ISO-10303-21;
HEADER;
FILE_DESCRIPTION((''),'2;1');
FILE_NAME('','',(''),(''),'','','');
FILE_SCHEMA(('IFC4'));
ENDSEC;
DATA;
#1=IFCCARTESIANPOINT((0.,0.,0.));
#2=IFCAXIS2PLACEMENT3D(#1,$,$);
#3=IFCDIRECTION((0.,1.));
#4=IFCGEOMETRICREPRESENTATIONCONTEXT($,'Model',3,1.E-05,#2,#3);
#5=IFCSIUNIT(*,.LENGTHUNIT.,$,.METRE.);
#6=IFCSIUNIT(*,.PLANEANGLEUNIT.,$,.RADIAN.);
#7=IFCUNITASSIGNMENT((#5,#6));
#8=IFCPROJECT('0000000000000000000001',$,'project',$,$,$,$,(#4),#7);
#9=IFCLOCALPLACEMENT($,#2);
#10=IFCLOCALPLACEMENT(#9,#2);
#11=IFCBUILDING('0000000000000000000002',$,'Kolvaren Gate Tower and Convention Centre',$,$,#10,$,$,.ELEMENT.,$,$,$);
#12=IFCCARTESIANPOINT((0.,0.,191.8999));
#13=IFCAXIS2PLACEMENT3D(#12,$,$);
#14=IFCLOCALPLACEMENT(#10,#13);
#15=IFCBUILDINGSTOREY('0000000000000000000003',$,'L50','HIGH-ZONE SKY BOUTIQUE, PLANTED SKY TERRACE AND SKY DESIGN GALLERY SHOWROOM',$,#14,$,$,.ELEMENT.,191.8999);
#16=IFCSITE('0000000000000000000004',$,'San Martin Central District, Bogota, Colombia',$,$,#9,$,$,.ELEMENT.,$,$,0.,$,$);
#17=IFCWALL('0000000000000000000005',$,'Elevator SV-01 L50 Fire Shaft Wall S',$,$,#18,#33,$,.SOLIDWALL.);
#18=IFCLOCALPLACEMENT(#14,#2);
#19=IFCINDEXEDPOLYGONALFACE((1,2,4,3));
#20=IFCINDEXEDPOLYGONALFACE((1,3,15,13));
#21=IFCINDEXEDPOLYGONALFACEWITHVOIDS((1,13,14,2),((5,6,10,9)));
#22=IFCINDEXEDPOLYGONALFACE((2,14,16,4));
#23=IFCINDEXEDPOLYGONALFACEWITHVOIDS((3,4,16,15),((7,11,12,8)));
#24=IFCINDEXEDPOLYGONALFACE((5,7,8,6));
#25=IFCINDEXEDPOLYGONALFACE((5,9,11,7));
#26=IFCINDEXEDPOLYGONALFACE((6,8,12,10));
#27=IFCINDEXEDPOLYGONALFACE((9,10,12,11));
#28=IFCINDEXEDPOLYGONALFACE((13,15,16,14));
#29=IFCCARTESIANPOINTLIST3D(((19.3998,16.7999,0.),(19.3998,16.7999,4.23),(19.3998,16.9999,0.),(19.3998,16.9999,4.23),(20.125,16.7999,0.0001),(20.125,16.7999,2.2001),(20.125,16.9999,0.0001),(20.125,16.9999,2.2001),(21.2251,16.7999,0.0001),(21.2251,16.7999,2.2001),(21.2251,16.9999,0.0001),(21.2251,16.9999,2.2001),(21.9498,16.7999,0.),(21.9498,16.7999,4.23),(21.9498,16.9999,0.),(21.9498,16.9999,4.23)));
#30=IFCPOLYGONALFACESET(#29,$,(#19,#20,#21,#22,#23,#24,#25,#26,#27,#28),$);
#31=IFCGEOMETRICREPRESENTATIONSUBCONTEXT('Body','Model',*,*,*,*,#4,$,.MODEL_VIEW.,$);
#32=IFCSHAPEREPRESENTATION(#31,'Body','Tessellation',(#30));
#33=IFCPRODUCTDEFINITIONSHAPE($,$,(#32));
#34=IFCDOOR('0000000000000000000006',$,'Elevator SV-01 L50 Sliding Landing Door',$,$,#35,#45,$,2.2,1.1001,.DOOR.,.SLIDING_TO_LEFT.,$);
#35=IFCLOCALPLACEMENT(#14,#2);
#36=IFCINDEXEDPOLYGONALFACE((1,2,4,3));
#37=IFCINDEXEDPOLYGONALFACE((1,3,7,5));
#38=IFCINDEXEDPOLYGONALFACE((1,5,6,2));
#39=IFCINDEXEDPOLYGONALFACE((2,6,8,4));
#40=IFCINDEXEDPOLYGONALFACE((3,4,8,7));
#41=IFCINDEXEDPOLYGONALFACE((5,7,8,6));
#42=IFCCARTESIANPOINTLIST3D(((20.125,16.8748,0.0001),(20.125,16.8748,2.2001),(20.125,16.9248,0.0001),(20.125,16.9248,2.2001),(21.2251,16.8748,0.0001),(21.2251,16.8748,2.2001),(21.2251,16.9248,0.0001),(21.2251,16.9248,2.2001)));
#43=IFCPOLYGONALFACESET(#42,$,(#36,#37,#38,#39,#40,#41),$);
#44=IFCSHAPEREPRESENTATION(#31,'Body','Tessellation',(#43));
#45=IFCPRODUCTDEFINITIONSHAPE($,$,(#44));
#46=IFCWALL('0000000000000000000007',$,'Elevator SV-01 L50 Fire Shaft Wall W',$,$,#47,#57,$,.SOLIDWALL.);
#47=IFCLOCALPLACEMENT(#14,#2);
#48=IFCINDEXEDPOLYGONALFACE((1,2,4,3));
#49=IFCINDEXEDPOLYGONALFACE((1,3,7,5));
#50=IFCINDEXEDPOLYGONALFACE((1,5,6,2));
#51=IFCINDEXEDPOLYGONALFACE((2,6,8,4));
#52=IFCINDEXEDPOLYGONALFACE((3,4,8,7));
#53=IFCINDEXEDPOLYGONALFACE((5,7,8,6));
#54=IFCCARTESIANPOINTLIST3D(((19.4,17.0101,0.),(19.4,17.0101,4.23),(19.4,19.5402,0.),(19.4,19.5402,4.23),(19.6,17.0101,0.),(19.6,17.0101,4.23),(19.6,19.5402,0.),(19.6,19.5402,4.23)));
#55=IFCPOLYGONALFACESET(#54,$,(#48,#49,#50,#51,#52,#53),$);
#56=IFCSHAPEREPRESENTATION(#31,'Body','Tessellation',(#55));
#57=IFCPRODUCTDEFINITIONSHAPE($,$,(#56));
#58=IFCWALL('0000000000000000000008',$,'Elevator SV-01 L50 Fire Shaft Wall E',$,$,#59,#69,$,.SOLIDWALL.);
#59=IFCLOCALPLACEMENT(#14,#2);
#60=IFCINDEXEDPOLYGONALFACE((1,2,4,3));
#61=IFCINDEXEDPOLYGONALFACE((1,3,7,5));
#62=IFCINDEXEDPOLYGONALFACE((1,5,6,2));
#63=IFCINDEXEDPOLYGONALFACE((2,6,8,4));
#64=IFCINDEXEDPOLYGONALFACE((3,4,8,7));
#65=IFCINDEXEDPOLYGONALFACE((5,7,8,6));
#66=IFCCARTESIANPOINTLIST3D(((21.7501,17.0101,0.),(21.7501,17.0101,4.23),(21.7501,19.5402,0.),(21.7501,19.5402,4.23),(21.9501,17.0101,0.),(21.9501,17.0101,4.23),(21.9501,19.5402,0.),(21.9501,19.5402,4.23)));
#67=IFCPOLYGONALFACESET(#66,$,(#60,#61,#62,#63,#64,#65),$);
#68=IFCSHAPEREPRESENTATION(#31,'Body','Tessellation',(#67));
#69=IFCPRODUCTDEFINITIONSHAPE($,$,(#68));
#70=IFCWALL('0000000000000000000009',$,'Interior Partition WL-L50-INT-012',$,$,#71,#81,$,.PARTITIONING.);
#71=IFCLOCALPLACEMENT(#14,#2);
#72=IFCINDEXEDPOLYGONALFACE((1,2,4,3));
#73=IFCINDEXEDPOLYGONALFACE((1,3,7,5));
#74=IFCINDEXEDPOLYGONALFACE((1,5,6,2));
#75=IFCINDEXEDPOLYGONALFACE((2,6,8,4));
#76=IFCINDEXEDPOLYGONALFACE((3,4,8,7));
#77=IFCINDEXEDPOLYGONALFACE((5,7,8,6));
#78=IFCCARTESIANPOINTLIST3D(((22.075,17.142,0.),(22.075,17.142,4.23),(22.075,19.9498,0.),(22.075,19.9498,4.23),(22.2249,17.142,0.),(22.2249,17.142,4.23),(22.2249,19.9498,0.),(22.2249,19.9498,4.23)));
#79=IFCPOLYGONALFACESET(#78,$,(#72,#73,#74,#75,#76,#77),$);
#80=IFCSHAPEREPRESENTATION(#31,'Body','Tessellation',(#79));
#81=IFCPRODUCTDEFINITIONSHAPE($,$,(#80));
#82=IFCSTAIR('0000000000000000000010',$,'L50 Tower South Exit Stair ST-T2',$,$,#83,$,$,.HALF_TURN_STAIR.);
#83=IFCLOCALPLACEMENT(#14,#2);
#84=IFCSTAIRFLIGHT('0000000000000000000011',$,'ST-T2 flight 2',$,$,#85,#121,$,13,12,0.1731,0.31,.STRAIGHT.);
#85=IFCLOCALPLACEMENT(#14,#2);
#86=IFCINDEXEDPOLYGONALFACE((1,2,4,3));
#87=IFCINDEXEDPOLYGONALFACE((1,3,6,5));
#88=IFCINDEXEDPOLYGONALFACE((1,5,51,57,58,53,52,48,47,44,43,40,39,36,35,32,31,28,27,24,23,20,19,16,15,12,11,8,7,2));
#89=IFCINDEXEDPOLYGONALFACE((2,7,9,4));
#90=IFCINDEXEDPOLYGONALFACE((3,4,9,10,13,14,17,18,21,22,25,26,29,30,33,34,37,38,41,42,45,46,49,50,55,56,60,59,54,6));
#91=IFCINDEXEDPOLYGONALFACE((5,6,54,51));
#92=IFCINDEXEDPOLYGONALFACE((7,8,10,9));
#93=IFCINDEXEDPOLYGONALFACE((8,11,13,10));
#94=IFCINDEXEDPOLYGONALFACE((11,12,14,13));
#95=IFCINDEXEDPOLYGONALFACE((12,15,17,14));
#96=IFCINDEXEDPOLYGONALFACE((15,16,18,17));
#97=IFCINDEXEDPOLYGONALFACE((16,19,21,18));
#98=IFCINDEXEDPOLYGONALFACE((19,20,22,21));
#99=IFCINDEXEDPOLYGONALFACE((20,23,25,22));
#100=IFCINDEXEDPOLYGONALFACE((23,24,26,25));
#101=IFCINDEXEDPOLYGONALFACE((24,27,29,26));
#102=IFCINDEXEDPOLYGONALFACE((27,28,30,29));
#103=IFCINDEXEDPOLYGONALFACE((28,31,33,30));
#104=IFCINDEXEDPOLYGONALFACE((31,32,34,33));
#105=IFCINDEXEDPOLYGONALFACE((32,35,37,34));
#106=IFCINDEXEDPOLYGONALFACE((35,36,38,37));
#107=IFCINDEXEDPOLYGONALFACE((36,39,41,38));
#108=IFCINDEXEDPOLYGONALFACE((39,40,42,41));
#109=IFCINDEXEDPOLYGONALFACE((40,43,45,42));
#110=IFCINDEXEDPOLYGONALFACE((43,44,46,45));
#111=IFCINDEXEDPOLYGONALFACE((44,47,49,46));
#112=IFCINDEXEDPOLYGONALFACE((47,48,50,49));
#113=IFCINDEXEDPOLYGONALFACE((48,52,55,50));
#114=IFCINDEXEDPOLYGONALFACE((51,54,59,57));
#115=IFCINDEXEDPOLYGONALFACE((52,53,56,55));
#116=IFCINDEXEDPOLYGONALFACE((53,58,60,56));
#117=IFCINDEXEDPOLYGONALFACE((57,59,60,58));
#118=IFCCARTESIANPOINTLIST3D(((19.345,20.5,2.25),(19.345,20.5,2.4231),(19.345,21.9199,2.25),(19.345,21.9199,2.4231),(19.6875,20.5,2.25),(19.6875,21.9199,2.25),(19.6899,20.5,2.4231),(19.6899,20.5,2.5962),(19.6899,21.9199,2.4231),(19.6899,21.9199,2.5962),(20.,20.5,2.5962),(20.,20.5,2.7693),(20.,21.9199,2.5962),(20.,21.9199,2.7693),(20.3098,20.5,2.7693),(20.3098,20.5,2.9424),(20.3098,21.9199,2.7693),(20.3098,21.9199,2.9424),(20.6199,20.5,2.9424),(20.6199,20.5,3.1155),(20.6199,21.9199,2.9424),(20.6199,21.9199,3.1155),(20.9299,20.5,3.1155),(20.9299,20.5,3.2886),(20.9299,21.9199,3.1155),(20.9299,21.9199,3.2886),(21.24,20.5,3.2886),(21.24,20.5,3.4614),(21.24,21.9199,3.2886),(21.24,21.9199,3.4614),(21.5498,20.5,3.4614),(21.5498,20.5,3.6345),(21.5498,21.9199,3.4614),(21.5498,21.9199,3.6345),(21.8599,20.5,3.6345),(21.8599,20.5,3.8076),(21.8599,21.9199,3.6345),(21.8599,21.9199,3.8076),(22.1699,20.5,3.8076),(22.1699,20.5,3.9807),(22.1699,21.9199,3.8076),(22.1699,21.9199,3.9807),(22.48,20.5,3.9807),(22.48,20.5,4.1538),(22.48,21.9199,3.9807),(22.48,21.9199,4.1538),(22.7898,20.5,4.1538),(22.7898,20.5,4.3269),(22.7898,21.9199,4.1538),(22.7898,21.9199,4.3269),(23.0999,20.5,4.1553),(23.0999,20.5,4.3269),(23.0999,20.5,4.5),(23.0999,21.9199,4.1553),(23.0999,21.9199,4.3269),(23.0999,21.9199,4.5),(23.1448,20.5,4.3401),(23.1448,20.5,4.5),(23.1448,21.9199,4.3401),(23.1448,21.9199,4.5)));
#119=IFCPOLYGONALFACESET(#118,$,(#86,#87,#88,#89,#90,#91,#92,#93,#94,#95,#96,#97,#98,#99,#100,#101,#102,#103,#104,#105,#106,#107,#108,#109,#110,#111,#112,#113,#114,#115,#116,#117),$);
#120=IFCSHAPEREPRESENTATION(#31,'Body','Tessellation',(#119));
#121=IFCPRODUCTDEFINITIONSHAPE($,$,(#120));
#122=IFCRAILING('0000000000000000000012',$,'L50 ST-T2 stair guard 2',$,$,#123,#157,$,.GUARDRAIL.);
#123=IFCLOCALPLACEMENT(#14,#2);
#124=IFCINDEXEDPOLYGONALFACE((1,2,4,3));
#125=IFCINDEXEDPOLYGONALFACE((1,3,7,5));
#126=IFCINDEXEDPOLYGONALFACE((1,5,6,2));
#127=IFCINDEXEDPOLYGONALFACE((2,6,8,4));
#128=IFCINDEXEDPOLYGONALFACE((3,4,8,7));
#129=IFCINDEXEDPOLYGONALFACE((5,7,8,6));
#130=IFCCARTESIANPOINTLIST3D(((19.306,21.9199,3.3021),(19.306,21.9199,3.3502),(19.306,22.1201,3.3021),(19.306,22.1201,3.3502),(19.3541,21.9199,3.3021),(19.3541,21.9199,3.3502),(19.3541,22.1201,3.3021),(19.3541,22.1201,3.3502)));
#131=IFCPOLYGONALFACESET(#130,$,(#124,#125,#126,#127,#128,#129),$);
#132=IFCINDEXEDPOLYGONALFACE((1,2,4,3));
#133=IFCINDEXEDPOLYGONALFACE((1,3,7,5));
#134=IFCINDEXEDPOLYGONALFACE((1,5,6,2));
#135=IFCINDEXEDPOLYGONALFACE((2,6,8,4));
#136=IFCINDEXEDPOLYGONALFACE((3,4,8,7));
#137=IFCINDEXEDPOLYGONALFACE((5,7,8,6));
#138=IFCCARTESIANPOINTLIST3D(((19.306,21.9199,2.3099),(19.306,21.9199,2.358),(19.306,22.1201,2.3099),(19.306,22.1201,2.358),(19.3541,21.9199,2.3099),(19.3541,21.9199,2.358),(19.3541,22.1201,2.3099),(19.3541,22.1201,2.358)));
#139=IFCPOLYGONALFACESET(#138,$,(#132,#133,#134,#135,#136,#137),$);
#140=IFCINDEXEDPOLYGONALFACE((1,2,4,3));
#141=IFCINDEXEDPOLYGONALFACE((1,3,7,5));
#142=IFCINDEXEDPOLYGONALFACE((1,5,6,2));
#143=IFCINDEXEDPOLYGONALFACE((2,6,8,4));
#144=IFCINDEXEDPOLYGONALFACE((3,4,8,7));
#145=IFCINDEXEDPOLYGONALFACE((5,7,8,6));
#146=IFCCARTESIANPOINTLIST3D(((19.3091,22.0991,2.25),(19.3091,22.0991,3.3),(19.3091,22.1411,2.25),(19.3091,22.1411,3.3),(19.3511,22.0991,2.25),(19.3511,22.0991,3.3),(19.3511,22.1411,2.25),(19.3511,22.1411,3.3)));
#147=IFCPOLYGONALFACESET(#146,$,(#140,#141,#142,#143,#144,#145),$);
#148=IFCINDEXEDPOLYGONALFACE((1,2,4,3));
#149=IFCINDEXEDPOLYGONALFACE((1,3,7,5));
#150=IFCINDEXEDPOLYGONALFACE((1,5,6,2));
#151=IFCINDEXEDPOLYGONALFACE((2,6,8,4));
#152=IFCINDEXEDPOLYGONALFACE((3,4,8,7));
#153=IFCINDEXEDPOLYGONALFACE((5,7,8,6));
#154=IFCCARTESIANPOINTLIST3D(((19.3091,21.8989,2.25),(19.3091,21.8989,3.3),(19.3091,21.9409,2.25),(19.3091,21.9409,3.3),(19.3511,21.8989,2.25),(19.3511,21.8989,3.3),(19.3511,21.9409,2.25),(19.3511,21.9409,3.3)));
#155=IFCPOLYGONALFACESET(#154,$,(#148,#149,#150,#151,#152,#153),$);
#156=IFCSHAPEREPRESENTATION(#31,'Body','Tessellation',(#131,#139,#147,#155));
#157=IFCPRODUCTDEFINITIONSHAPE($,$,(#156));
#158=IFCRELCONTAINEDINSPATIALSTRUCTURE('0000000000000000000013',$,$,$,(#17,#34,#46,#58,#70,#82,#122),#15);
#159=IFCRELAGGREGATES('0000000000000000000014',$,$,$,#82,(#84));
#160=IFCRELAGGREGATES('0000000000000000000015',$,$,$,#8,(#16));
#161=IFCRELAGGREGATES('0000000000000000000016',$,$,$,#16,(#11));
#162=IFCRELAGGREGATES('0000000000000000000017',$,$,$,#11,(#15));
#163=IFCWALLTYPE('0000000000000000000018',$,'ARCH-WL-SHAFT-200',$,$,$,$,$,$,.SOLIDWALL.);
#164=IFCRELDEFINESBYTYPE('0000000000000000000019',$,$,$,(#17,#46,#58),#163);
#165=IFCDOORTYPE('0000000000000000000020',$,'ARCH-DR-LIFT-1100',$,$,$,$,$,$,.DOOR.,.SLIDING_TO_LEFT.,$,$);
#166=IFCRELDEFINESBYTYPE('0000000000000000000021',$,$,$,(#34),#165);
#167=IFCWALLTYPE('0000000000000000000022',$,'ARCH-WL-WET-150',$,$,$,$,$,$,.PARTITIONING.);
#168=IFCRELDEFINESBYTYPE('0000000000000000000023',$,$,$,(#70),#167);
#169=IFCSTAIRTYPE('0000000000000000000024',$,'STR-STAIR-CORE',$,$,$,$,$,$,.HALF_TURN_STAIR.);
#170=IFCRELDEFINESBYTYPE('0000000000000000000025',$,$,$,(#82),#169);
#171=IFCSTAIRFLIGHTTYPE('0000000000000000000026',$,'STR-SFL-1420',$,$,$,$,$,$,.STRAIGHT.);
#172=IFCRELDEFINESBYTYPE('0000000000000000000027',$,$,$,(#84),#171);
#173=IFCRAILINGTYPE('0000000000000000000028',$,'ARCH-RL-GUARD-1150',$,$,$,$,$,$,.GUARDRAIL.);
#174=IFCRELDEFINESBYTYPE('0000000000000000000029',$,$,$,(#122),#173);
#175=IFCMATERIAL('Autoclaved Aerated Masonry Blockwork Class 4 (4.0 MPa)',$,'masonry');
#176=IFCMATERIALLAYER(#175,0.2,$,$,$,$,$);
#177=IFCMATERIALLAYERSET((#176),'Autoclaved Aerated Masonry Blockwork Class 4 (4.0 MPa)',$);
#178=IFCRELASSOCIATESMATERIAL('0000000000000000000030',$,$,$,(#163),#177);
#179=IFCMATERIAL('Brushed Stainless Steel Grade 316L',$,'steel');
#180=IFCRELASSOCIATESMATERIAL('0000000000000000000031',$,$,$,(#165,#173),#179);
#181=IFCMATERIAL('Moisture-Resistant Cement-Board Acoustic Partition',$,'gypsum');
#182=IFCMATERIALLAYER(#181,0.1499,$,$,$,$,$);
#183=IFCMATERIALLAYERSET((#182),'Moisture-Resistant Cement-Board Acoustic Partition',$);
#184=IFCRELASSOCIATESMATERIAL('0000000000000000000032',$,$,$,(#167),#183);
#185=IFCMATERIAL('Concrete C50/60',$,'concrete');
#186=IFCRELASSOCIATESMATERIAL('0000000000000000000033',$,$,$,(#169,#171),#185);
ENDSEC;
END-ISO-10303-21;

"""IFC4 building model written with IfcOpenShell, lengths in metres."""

from ifc_helpers import new_model, si_unit, direction, frame, frame_2d, origin, origin_2d, place, context, subcontext, project, spatial, polyline, rectangle, outline, extrude, material, layer, layer_set, type_object, element, fill, aggregate, save


model = new_model("IFC4")

# Units and contexts
model_context = context("Model", 3, precision=1e-05, world=origin(), true_north=direction((0.0, 1.0)))
body_context = subcontext(model_context, "Body", "Model", "MODEL_VIEW")
ifc_project = project(units=[si_unit("LENGTHUNIT", "METRE"), si_unit("PLANEANGLEUNIT", "RADIAN")], contexts=[model_context])

# Site, building, storey
site_placement = place(None, origin())
site = spatial("IfcSite", under=ifc_project, at=site_placement, Name="San Martin Central District, Bogota, Colombia", CompositionType="ELEMENT", RefElevation=0.0)
building_placement = place(site_placement, origin())
building = spatial("IfcBuilding", under=site, at=building_placement, Name="Kolvaren Gate Tower and Convention Centre", CompositionType="ELEMENT")
storey_placement = place(building_placement, frame((0.0, 0.0, 191.8999)))
storey = spatial("IfcBuildingStorey", under=building, at=storey_placement, Name="L50", Description="HIGH-ZONE SKY BOUTIQUE, PLANTED SKY TERRACE AND SKY DESIGN GALLERY SHOWROOM", CompositionType="ELEMENT", Elevation=191.8999)

# Shared definitions
ifc_material_1 = material(Name="Autoclaved Aerated Masonry Blockwork Class 4 (4.0 MPa)", Category="masonry")

# Shared definitions
ifc_layer_1 = layer(ifc_material_1, 0.2)
ifc_layer_set_1 = layer_set([ifc_layer_1], Name="Autoclaved Aerated Masonry Blockwork Class 4 (4.0 MPa)")
wall_type_1 = type_object("IfcWallType", Name="ARCH-WL-SHAFT-200", PredefinedType="SOLIDWALL", material=ifc_layer_set_1)

# Wall, opening, door
wall_1_placement = place(storey_placement, frame((19.3999, 16.8999, 0.0), z_axis=(0.0, 0.0, 1.0), x_axis=(1.0, 0.0, 0.0)))
wall_1 = element("IfcWall", 1, at=wall_1_placement, inside=storey, type_object=wall_type_1, Name="Elevator SV-01 L50 Fire Shaft Wall S", PredefinedType="SOLIDWALL", context=body_context, shape_type="SweptSolid", body=[
    extrude(rectangle(XDim=2.55, YDim=0.2, at=frame_2d((1.2749, 0.0))), origin(), (0.0, 0.0, 1.0), 4.23),
])
opening_1_placement = place(wall_1_placement, frame((0.7251, 0.0, 0.0)))
opening_1 = element("IfcOpeningElement", 2, at=opening_1_placement, cuts=wall_1, PredefinedType="OPENING", context=body_context, shape_type="SweptSolid", body=[
    extrude(rectangle(XDim=1.1001, YDim=2.2, at=frame_2d((0.55, 1.1001))), frame((0.0, 0.1099, 0.0), z_axis=(0.0, -1.0, 0.0), x_axis=(1.0, 0.0, 0.0)), (0.0, 0.0, 1.0), 0.22),
])
ifc_material_2 = material(Name="Brushed Stainless Steel Grade 316L", Category="steel")
door_type_1 = type_object("IfcDoorType", Name="ARCH-DR-LIFT-1100", OperationType="SLIDING_TO_LEFT", PredefinedType="DOOR", material=ifc_material_2)
door_1_placement = place(opening_1_placement, origin())
door_1 = element("IfcDoor", 3, at=door_1_placement, inside=storey, type_object=door_type_1, Name="Elevator SV-01 L50 Sliding Landing Door", OperationType="SLIDING_TO_LEFT", OverallHeight=2.2, OverallWidth=1.1001, PredefinedType="DOOR", context=body_context, shape_type="SweptSolid", body=[
    extrude(rectangle(XDim=1.1001, YDim=2.2, at=frame_2d((0.55, 1.1001))), frame((0.0, 0.0249, 0.0), z_axis=(0.0, -1.0, 0.0), x_axis=(1.0, 0.0, 0.0)), (0.0, 0.0, 1.0), 0.05),
])
fill(opening_1, door_1)

# Walls
for number, where, z_axis, x_axis, name in (
    (4, (19.5, 17.01, 0.0), (0.0, 0.0, 1.0), (0.0, 1.0, 0.0), "Elevator SV-01 L50 Fire Shaft Wall W"),
    (5, (21.8501, 17.01, 0.0), (0.0, 0.0, 1.0), (0.0, 1.0, 0.0), "Elevator SV-01 L50 Fire Shaft Wall E"),
):
    element("IfcWall", number, at=place(storey_placement, frame(where, z_axis=z_axis, x_axis=x_axis)), inside=storey, type_object=wall_type_1, Name=name, PredefinedType="SOLIDWALL", context=body_context, shape_type="SweptSolid", body=[
        extrude(rectangle(XDim=2.53, YDim=0.2, at=frame_2d((1.2651, 0.0))), origin(), (0.0, 0.0, 1.0), 4.23),
    ])
ifc_material_3 = material(Name="Moisture-Resistant Cement-Board Acoustic Partition", Category="gypsum")
ifc_layer_2 = layer(ifc_material_3, 0.1499)
ifc_layer_set_2 = layer_set([ifc_layer_2], Name="Moisture-Resistant Cement-Board Acoustic Partition")
wall_type_2 = type_object("IfcWallType", Name="ARCH-WL-WET-150", PredefinedType="PARTITIONING", material=ifc_layer_set_2)
wall_2_placement = place(storey_placement, frame((22.1499, 17.1421, 0.0), z_axis=(0.0, 0.0, 1.0), x_axis=(0.0, 1.0, 0.0)))
element("IfcWall", 6, at=wall_2_placement, inside=storey, type_object=wall_type_2, Name="Interior Partition WL-L50-INT-012", PredefinedType="PARTITIONING", context=body_context, shape_type="SweptSolid", body=[
    extrude(rectangle(XDim=2.8079, YDim=0.1499, at=frame_2d((1.4038, 0.0))), origin(), (0.0, 0.0, 1.0), 4.23),
])

# Stair, stair flight
ifc_material_4 = material(Name="Concrete C50/60", Category="concrete")
stair_type = type_object("IfcStairType", Name="STR-STAIR-CORE", PredefinedType="HALF_TURN_STAIR", material=ifc_material_4)
stair_placement = place(storey_placement, origin())
stair = element("IfcStair", 7, at=stair_placement, inside=storey, type_object=stair_type, Name="L50 Tower South Exit Stair ST-T2", PredefinedType="HALF_TURN_STAIR")
stair_flight_type = type_object("IfcStairFlightType", Name="STR-SFL-1420", PredefinedType="STRAIGHT", material=ifc_material_4)
stair_flight_placement = place(storey_placement, frame((19.3799, 21.21, 2.25), z_axis=(0.0, 0.0, 1.0), x_axis=(1.0, 0.0, 0.0)))
stair_flight = element("IfcStairFlight", 8, at=stair_flight_placement, type_object=stair_flight_type, Name="ST-T2 flight 2", NumberOfRisers=13, NumberOfTreads=12, PredefinedType="STRAIGHT", RiserHeight=0.1731, TreadLength=0.31, context=body_context, shape_type="SweptSolid", body=[
    extrude(outline(polyline([(-0.0349, 0.0), (-0.0349, 0.1731), (0.3101, 0.1731), (0.3101, 0.3462), (0.6201, 0.3462), (0.6201, 0.5193), (0.9299, 0.5193), (0.9299, 0.6924), (1.24, 0.6924), (1.24, 0.8655), (1.55, 0.8655), (1.55, 1.0386), (1.8601, 1.0386), (1.8601, 1.2114), (2.1699, 1.2114), (2.1699, 1.3845), (2.48, 1.3845), (2.48, 1.5576), (2.79, 1.5576), (2.79, 1.7307), (3.1001, 1.7307), (3.1001, 1.9038), (3.4099, 1.9038), (3.4099, 2.0769), (3.72, 2.0769), (3.72, 2.25), (3.7649, 2.25), (3.7649, 2.0901), (3.72, 1.9053), (0.3076, 0.0), (-0.0349, 0.0)])), frame((0.0, 0.71, 0.0), z_axis=(0.0, -1.0, 0.0), x_axis=(1.0, 0.0, 0.0)), (0.0, 0.0, 1.0), 1.4199),
])
aggregate(stair, [stair_flight])

# Railing
railing_type_1 = type_object("IfcRailingType", Name="ARCH-RL-GUARD-1150", PredefinedType="GUARDRAIL", material=ifc_material_2)
railing_1_placement = place(storey_placement, frame((19.3301, 22.1201, 2.25)))
element("IfcRailing", 9, at=railing_1_placement, inside=storey, type_object=railing_type_1, Name="L50 ST-T2 stair guard 2", PredefinedType="GUARDRAIL", context=body_context, shape_type="SweptSolid", body=[
    extrude(rectangle(XDim=0.0481, YDim=0.0481, at=origin_2d()), frame((0.0, 0.0, 1.0762), z_axis=(0.0, -1.0, 0.0), x_axis=(1.0, 0.0, 0.0)), (0.0, 0.0, 1.0), 0.2002),
    extrude(rectangle(XDim=0.0481, YDim=0.0481, at=origin_2d()), frame((0.0, 0.0, 0.084), z_axis=(0.0, -1.0, 0.0), x_axis=(1.0, 0.0, 0.0)), (0.0, 0.0, 1.0), 0.2002),
    extrude(rectangle(XDim=0.042, YDim=0.042, at=origin_2d()), origin(), (0.0, 0.0, 1.0), 1.05),
    extrude(rectangle(XDim=0.042, YDim=0.042, at=origin_2d()), frame((0.0, -0.2002, 0.0)), (0.0, 0.0, 1.0), 1.05),
])

save(model, "model.ifc")
